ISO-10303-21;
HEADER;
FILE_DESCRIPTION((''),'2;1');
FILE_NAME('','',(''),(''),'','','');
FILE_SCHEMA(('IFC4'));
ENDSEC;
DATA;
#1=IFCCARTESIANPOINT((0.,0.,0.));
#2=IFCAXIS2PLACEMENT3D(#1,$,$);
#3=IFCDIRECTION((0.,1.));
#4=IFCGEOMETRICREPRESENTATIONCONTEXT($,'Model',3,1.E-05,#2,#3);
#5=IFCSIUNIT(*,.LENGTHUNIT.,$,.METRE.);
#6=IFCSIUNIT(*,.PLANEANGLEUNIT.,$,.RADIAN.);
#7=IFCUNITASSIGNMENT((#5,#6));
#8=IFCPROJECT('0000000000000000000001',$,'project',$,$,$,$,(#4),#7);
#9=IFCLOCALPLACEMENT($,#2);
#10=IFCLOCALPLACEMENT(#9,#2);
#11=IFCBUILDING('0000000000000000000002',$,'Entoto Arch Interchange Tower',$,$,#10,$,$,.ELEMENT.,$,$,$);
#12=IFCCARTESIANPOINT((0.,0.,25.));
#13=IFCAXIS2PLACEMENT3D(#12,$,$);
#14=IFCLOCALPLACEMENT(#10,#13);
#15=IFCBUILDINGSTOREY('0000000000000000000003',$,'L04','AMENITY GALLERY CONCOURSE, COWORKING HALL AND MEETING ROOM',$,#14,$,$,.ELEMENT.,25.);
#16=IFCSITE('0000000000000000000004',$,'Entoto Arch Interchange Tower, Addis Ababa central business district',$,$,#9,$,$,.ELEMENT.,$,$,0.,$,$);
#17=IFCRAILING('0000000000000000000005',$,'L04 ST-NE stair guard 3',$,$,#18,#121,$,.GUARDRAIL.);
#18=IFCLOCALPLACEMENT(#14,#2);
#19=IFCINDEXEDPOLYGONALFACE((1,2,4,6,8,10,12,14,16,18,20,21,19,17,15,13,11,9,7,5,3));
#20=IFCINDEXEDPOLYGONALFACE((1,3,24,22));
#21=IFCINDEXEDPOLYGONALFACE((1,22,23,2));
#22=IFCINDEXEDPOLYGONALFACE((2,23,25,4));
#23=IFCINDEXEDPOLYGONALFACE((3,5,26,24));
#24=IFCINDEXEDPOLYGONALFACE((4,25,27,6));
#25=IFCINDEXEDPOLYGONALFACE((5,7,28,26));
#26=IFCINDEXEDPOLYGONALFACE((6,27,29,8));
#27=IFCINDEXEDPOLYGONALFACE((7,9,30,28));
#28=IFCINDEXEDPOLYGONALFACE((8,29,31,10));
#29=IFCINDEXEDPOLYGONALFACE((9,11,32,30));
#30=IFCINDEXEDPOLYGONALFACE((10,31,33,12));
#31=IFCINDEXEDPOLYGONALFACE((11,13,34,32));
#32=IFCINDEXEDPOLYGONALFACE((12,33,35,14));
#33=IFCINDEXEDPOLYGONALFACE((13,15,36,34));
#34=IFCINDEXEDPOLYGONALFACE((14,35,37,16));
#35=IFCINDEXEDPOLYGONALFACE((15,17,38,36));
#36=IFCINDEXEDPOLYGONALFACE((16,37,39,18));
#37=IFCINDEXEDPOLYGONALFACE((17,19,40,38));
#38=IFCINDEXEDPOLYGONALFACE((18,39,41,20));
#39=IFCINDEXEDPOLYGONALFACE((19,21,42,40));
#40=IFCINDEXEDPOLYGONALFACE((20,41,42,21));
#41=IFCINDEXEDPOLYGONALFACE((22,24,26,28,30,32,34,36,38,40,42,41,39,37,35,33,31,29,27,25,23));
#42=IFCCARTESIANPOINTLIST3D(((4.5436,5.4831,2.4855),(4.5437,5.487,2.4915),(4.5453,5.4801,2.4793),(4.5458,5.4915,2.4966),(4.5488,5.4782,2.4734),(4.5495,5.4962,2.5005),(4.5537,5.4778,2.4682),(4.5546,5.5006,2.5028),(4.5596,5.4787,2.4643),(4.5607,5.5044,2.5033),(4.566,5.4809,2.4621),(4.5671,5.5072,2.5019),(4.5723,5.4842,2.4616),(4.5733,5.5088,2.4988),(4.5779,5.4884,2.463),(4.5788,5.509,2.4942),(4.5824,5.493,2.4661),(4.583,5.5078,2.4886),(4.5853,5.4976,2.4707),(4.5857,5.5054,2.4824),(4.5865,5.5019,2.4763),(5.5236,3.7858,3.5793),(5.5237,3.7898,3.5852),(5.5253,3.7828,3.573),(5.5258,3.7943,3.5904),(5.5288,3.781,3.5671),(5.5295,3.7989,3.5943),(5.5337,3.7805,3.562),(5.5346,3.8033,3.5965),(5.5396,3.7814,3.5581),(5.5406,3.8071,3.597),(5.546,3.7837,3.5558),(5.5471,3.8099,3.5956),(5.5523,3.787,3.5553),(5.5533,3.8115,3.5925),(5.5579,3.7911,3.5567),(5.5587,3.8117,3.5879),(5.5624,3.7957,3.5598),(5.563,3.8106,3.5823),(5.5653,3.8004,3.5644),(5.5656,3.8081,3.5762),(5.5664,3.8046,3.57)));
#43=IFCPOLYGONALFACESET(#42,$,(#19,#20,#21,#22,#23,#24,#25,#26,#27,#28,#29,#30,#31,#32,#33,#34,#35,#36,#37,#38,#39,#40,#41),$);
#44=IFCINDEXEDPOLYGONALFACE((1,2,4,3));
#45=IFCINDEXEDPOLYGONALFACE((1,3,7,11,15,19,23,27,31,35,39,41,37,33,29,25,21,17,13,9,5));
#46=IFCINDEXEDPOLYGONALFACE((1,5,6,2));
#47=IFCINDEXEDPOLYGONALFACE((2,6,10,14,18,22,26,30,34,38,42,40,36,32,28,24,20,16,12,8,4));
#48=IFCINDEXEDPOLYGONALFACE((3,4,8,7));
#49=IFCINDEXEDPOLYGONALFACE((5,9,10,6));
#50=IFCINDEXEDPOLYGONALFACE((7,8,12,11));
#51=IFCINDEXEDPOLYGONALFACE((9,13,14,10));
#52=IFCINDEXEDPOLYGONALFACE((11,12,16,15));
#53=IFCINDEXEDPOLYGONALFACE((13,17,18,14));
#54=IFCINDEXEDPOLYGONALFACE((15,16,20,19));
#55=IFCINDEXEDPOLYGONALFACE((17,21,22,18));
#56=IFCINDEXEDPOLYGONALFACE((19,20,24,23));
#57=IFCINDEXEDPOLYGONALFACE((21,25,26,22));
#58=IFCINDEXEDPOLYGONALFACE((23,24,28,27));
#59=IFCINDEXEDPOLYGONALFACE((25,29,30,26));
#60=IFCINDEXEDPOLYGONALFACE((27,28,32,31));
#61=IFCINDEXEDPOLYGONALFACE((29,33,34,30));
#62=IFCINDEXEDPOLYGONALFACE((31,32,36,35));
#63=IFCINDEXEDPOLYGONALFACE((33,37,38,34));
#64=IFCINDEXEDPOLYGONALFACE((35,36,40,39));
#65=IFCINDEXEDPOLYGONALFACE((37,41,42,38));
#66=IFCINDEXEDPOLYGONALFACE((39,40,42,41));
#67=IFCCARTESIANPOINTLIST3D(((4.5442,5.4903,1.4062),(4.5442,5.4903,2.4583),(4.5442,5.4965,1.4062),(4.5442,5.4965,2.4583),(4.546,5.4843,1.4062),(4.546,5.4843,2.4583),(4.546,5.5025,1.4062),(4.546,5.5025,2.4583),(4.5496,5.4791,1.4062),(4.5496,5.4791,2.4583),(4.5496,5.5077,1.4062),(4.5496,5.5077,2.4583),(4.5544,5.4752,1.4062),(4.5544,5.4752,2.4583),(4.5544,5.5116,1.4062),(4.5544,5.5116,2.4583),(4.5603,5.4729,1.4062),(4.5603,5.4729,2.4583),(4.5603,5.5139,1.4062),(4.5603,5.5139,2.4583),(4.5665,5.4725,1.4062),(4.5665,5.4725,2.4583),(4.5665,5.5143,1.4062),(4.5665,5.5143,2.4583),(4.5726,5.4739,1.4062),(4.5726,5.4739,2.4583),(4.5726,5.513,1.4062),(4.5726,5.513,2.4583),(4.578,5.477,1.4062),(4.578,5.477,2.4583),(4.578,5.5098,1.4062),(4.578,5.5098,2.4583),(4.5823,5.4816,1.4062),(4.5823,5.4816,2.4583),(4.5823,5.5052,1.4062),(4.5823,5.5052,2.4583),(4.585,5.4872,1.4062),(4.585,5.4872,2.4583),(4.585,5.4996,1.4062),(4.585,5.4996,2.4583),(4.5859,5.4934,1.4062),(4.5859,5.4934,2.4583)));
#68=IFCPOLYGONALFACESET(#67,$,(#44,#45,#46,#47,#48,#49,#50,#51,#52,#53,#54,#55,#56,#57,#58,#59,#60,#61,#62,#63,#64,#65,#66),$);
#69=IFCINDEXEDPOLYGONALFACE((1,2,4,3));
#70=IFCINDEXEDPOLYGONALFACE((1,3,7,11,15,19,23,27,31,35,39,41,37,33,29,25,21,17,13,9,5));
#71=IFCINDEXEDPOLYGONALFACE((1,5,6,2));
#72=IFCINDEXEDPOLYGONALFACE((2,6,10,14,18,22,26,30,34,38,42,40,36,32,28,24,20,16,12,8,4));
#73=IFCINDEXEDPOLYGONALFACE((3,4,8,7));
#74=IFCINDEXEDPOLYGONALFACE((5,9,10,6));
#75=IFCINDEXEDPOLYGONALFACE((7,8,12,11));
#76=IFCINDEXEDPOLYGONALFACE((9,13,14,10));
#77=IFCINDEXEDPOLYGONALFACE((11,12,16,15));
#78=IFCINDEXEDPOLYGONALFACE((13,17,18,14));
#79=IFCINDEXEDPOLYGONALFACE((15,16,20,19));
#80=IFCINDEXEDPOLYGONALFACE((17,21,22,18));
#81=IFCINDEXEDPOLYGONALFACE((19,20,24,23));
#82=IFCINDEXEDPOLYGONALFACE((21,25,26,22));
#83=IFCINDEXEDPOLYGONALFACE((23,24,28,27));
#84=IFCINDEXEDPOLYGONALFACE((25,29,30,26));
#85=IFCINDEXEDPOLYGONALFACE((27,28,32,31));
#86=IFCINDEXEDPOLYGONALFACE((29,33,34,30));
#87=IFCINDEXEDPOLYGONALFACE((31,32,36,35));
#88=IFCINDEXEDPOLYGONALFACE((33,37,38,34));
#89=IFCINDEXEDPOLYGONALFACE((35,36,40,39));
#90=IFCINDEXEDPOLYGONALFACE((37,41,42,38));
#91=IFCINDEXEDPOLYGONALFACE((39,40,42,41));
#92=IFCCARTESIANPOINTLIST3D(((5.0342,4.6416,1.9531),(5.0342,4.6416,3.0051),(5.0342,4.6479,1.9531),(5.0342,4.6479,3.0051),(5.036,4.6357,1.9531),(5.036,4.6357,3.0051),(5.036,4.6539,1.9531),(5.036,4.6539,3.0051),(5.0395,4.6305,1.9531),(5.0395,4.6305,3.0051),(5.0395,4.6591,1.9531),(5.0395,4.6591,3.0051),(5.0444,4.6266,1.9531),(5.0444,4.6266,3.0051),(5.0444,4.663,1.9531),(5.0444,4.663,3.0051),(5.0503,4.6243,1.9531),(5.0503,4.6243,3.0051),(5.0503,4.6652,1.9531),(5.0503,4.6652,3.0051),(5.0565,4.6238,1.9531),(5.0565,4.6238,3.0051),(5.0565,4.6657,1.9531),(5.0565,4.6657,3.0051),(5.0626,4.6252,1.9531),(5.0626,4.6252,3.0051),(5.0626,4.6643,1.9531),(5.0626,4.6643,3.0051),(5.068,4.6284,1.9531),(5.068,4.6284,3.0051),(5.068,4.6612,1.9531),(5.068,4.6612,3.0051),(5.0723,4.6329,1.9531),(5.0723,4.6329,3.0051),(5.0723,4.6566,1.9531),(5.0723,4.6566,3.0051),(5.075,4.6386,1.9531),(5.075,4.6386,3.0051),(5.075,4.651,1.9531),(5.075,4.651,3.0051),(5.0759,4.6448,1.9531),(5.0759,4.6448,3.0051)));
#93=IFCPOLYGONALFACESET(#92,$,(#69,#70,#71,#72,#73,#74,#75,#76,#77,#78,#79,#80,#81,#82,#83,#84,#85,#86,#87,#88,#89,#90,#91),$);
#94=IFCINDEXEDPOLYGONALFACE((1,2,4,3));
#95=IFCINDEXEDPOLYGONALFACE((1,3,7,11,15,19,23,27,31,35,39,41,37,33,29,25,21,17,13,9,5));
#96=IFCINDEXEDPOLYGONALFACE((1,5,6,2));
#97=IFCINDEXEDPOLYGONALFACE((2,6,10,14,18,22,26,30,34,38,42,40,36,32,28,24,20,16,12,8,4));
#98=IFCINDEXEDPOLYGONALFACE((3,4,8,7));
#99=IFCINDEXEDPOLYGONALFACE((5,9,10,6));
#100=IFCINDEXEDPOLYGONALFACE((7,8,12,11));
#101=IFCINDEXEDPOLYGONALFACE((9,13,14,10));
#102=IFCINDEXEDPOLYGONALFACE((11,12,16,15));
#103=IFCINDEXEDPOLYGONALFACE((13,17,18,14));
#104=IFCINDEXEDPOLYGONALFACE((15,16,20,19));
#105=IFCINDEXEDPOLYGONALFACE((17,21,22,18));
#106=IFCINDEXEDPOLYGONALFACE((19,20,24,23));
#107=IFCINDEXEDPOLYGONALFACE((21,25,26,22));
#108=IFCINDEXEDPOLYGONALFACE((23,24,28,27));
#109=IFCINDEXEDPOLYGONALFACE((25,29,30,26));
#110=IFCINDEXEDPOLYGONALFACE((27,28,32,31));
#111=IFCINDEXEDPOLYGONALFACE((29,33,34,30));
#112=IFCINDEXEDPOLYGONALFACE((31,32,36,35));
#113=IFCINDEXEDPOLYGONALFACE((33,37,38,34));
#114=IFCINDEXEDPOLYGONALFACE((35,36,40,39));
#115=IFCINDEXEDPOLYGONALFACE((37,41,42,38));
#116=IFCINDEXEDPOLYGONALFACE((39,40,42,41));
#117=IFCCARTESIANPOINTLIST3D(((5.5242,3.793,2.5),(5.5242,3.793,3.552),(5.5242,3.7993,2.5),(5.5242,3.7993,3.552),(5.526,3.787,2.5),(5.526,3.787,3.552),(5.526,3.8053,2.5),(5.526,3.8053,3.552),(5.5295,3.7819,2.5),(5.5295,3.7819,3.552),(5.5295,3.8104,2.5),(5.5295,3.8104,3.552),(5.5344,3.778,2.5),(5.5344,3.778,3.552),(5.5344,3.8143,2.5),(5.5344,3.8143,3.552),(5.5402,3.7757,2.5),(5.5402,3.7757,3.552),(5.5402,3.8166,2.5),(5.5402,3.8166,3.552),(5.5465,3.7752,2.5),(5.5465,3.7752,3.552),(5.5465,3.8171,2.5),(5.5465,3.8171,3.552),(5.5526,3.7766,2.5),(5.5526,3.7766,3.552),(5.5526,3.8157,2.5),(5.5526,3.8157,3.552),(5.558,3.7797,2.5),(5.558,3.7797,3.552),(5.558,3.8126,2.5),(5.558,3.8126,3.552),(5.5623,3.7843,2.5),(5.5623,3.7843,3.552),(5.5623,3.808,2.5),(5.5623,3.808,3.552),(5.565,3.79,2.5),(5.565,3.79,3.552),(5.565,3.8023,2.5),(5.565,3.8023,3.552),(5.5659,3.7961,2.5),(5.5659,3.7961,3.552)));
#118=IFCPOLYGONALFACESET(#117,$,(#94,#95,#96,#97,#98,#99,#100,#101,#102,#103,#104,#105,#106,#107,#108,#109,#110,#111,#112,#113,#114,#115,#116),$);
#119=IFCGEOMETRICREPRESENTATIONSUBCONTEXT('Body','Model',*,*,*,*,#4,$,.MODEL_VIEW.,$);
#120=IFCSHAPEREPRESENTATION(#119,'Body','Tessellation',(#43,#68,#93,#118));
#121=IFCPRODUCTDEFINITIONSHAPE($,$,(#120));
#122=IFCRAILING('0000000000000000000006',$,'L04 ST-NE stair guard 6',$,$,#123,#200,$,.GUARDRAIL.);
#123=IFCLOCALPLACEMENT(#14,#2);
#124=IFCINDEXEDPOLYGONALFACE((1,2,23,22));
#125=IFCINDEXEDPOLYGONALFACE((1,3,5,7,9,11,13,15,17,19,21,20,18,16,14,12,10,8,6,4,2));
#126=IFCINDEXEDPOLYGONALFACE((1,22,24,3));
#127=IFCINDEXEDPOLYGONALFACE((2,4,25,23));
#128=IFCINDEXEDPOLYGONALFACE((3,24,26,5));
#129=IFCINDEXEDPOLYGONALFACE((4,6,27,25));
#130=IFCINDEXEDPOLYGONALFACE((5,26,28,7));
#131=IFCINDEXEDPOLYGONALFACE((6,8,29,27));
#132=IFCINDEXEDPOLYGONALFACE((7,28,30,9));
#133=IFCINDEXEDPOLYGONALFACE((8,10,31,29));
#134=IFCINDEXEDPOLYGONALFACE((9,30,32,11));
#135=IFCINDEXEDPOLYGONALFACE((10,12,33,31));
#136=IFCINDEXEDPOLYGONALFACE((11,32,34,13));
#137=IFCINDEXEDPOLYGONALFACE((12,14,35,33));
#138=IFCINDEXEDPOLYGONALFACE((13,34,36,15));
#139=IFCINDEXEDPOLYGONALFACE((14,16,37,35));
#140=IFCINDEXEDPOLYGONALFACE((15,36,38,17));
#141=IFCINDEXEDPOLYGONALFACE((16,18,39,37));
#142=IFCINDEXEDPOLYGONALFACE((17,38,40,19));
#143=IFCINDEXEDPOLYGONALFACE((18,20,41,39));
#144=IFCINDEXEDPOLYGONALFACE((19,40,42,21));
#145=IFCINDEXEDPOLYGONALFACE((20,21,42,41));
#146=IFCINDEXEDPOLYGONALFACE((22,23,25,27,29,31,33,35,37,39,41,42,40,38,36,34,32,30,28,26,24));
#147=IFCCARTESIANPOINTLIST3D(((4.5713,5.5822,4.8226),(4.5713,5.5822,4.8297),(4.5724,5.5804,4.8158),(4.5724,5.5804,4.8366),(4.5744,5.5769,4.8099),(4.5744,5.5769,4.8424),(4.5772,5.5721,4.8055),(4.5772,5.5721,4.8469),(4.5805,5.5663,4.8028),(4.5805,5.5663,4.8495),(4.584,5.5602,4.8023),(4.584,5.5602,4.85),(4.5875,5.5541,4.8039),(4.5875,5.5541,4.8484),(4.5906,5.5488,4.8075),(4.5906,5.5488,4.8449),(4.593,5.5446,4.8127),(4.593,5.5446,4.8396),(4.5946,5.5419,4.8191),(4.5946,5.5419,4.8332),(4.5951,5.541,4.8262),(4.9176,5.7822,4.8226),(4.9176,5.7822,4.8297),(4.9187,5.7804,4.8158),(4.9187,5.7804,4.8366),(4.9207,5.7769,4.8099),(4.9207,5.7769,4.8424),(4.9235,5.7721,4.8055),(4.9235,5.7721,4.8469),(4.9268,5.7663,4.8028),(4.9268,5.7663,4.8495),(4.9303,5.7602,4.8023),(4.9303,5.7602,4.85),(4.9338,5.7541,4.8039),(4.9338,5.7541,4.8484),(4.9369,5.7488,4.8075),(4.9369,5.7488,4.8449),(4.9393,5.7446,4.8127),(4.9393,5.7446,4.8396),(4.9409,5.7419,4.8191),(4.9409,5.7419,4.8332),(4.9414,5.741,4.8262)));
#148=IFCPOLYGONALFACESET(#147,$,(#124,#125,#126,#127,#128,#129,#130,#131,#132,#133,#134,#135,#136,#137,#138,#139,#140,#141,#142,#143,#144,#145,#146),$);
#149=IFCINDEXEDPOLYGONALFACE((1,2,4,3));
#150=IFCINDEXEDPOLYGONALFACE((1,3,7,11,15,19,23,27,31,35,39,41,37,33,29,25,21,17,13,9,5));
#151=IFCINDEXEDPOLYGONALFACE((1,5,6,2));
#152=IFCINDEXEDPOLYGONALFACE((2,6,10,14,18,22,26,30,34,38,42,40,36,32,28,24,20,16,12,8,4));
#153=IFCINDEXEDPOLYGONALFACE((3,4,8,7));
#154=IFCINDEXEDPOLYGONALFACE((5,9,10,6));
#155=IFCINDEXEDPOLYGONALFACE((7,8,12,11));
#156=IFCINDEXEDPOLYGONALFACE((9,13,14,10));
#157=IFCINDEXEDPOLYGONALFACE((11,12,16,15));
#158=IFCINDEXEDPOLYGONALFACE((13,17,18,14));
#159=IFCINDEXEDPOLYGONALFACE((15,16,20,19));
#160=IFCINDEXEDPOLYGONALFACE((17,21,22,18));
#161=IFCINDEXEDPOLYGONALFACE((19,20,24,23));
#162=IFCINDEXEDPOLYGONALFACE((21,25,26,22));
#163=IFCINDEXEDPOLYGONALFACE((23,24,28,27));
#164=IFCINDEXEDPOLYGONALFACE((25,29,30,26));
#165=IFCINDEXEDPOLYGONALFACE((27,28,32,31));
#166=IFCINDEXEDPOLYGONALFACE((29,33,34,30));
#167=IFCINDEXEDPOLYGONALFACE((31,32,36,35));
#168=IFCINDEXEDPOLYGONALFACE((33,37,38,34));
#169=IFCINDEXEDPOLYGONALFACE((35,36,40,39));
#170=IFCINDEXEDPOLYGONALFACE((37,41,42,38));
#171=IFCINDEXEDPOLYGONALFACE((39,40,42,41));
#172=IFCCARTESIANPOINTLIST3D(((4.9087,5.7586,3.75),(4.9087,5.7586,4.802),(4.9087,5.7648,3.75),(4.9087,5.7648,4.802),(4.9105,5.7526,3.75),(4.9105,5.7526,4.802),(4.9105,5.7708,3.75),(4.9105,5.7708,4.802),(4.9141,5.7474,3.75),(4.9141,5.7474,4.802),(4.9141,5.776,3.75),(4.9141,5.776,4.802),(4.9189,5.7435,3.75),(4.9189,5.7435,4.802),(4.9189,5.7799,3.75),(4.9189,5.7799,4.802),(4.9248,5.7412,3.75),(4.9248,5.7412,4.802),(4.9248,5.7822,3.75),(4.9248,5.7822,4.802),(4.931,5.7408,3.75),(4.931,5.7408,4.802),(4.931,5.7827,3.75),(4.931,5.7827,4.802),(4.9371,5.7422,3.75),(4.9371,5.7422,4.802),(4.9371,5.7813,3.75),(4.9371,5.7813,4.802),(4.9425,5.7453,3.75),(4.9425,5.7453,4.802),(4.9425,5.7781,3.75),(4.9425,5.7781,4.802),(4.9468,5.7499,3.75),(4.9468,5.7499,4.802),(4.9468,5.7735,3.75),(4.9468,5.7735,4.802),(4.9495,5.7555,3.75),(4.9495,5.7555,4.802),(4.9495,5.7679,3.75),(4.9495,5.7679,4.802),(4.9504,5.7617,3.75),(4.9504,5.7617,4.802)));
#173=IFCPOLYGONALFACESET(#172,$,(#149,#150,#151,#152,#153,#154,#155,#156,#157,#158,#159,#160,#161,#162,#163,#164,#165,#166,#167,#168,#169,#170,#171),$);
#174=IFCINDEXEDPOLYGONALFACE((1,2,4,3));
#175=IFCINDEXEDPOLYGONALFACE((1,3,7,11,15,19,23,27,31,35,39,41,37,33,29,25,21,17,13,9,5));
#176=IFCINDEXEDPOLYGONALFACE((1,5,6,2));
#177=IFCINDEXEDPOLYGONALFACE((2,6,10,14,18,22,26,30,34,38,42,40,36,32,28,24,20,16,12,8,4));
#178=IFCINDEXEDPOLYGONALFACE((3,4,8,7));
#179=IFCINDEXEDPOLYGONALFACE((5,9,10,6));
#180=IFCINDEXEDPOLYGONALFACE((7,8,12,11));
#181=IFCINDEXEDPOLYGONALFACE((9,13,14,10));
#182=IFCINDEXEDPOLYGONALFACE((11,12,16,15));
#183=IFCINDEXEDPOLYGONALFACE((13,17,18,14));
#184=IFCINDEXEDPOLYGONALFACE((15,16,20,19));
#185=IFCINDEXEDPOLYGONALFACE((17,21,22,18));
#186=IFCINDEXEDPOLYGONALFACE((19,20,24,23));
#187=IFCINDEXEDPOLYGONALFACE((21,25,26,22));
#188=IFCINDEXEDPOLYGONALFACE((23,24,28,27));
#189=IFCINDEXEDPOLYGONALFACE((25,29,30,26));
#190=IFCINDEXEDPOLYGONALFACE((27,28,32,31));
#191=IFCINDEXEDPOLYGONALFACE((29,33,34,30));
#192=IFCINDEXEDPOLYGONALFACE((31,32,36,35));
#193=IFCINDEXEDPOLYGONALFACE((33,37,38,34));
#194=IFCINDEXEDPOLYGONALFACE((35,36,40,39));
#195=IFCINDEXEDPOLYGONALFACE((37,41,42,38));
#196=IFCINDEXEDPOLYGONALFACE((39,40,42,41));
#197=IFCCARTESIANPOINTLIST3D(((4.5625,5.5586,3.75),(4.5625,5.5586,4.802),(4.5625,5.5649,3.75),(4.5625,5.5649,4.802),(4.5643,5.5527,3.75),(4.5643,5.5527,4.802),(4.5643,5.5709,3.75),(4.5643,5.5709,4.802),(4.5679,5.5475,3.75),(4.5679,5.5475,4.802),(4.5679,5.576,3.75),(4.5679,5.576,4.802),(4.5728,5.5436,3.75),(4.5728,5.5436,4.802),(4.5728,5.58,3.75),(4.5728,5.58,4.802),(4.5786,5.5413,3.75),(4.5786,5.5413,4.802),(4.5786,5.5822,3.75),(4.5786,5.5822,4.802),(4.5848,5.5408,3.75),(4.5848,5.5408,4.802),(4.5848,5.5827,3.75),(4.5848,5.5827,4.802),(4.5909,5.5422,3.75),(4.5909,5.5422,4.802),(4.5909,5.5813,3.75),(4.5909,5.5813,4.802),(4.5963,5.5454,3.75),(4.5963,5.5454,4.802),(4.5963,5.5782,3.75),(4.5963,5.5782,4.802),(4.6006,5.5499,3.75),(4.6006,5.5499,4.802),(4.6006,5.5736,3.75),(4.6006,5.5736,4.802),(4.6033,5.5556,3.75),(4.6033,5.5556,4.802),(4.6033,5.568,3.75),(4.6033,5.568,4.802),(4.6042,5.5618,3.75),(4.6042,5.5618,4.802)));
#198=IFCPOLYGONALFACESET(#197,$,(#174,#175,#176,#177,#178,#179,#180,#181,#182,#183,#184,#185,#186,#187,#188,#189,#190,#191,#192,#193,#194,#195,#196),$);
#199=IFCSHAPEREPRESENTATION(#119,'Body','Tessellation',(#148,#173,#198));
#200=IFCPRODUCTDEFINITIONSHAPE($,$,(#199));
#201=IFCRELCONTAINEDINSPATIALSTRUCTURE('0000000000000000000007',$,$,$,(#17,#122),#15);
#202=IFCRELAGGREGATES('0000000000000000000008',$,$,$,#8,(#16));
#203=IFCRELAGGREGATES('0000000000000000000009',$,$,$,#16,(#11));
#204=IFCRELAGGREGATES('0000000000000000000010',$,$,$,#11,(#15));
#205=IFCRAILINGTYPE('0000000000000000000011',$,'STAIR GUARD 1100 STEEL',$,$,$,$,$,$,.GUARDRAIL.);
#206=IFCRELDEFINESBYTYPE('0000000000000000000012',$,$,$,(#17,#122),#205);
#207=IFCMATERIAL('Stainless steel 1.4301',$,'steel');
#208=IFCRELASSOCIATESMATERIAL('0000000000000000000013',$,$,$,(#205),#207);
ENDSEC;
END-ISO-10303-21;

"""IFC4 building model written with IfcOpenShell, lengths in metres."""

from ifc_helpers import new_model, si_unit, direction, frame, origin, origin_2d, place, context, subcontext, project, spatial, circle, extrude, material, type_object, element, save


model = new_model("IFC4")

# Units and contexts
model_context = context("Model", 3, precision=1e-05, world=origin(), true_north=direction((0.0, 1.0)))
body_context = subcontext(model_context, "Body", "Model", "MODEL_VIEW")
ifc_project = project(units=[si_unit("LENGTHUNIT", "METRE"), si_unit("PLANEANGLEUNIT", "RADIAN")], contexts=[model_context])

# Site, building, storey
site_placement = place(None, origin())
site = spatial("IfcSite", under=ifc_project, at=site_placement, Name="Entoto Arch Interchange Tower, Addis Ababa central business district", CompositionType="ELEMENT", RefElevation=0.0)
building_placement = place(site_placement, origin())
building = spatial("IfcBuilding", under=site, at=building_placement, Name="Entoto Arch Interchange Tower", CompositionType="ELEMENT")
storey_placement = place(building_placement, frame((0.0, 0.0, 25.0)))
storey = spatial("IfcBuildingStorey", under=building, at=storey_placement, Name="L04", Description="AMENITY GALLERY CONCOURSE, COWORKING HALL AND MEETING ROOM", CompositionType="ELEMENT", Elevation=25.0)

# Railings
ifc_material_1 = material(Name="Stainless steel 1.4301", Category="steel")
railing_type_1 = type_object("IfcRailingType", Name="STAIR GUARD 1100 STEEL", PredefinedType="GUARDRAIL", material=ifc_material_1)
railing_1_placement = place(storey_placement, frame((4.5649, 5.4934, 1.4062)))
element("IfcRailing", 1, at=railing_1_placement, inside=storey, type_object=railing_type_1, Name="L04 ST-NE stair guard 3", PredefinedType="GUARDRAIL", context=body_context, shape_type="SweptSolid", body=[
    extrude(circle(Radius=0.0239, at=origin_2d()), frame((0.0, 0.0, 1.0762), z_axis=(0.436632, -0.75622, 0.487323), x_axis=(0.866011, 0.500024, 0.0)), (0.0, 0.0, 1.0), 2.2444),
    extrude(circle(Radius=0.021, at=origin_2d()), origin(), (0.0, 0.0, 1.0), 1.052),
    extrude(circle(Radius=0.021, at=origin_2d()), frame((0.49, -0.8486, 0.5469)), (0.0, 0.0, 1.0), 1.052),
    extrude(circle(Radius=0.021, at=origin_2d()), frame((0.98, -1.6973, 1.0938)), (0.0, 0.0, 1.0), 1.052),
])
railing_2_placement = place(storey_placement, frame((4.9294, 5.7617, 3.75)))
element("IfcRailing", 2, at=railing_2_placement, inside=storey, type_object=railing_type_1, Name="L04 ST-NE stair guard 6", PredefinedType="GUARDRAIL", context=body_context, shape_type="SweptSolid", body=[
    extrude(circle(Radius=0.0239, at=origin_2d()), frame((0.0, 0.0, 1.0762), z_axis=(-0.865941, -0.500145, 0.0), x_axis=(0.500145, -0.865941, 0.0)), (0.0, 0.0, 1.0), 0.3999),
    extrude(circle(Radius=0.021, at=origin_2d()), origin(), (0.0, 0.0, 1.0), 1.052),
    extrude(circle(Radius=0.021, at=origin_2d()), frame((-0.3462, -0.2, 0.0)), (0.0, 0.0, 1.0), 1.052),
])

save(model, "model.ifc")
